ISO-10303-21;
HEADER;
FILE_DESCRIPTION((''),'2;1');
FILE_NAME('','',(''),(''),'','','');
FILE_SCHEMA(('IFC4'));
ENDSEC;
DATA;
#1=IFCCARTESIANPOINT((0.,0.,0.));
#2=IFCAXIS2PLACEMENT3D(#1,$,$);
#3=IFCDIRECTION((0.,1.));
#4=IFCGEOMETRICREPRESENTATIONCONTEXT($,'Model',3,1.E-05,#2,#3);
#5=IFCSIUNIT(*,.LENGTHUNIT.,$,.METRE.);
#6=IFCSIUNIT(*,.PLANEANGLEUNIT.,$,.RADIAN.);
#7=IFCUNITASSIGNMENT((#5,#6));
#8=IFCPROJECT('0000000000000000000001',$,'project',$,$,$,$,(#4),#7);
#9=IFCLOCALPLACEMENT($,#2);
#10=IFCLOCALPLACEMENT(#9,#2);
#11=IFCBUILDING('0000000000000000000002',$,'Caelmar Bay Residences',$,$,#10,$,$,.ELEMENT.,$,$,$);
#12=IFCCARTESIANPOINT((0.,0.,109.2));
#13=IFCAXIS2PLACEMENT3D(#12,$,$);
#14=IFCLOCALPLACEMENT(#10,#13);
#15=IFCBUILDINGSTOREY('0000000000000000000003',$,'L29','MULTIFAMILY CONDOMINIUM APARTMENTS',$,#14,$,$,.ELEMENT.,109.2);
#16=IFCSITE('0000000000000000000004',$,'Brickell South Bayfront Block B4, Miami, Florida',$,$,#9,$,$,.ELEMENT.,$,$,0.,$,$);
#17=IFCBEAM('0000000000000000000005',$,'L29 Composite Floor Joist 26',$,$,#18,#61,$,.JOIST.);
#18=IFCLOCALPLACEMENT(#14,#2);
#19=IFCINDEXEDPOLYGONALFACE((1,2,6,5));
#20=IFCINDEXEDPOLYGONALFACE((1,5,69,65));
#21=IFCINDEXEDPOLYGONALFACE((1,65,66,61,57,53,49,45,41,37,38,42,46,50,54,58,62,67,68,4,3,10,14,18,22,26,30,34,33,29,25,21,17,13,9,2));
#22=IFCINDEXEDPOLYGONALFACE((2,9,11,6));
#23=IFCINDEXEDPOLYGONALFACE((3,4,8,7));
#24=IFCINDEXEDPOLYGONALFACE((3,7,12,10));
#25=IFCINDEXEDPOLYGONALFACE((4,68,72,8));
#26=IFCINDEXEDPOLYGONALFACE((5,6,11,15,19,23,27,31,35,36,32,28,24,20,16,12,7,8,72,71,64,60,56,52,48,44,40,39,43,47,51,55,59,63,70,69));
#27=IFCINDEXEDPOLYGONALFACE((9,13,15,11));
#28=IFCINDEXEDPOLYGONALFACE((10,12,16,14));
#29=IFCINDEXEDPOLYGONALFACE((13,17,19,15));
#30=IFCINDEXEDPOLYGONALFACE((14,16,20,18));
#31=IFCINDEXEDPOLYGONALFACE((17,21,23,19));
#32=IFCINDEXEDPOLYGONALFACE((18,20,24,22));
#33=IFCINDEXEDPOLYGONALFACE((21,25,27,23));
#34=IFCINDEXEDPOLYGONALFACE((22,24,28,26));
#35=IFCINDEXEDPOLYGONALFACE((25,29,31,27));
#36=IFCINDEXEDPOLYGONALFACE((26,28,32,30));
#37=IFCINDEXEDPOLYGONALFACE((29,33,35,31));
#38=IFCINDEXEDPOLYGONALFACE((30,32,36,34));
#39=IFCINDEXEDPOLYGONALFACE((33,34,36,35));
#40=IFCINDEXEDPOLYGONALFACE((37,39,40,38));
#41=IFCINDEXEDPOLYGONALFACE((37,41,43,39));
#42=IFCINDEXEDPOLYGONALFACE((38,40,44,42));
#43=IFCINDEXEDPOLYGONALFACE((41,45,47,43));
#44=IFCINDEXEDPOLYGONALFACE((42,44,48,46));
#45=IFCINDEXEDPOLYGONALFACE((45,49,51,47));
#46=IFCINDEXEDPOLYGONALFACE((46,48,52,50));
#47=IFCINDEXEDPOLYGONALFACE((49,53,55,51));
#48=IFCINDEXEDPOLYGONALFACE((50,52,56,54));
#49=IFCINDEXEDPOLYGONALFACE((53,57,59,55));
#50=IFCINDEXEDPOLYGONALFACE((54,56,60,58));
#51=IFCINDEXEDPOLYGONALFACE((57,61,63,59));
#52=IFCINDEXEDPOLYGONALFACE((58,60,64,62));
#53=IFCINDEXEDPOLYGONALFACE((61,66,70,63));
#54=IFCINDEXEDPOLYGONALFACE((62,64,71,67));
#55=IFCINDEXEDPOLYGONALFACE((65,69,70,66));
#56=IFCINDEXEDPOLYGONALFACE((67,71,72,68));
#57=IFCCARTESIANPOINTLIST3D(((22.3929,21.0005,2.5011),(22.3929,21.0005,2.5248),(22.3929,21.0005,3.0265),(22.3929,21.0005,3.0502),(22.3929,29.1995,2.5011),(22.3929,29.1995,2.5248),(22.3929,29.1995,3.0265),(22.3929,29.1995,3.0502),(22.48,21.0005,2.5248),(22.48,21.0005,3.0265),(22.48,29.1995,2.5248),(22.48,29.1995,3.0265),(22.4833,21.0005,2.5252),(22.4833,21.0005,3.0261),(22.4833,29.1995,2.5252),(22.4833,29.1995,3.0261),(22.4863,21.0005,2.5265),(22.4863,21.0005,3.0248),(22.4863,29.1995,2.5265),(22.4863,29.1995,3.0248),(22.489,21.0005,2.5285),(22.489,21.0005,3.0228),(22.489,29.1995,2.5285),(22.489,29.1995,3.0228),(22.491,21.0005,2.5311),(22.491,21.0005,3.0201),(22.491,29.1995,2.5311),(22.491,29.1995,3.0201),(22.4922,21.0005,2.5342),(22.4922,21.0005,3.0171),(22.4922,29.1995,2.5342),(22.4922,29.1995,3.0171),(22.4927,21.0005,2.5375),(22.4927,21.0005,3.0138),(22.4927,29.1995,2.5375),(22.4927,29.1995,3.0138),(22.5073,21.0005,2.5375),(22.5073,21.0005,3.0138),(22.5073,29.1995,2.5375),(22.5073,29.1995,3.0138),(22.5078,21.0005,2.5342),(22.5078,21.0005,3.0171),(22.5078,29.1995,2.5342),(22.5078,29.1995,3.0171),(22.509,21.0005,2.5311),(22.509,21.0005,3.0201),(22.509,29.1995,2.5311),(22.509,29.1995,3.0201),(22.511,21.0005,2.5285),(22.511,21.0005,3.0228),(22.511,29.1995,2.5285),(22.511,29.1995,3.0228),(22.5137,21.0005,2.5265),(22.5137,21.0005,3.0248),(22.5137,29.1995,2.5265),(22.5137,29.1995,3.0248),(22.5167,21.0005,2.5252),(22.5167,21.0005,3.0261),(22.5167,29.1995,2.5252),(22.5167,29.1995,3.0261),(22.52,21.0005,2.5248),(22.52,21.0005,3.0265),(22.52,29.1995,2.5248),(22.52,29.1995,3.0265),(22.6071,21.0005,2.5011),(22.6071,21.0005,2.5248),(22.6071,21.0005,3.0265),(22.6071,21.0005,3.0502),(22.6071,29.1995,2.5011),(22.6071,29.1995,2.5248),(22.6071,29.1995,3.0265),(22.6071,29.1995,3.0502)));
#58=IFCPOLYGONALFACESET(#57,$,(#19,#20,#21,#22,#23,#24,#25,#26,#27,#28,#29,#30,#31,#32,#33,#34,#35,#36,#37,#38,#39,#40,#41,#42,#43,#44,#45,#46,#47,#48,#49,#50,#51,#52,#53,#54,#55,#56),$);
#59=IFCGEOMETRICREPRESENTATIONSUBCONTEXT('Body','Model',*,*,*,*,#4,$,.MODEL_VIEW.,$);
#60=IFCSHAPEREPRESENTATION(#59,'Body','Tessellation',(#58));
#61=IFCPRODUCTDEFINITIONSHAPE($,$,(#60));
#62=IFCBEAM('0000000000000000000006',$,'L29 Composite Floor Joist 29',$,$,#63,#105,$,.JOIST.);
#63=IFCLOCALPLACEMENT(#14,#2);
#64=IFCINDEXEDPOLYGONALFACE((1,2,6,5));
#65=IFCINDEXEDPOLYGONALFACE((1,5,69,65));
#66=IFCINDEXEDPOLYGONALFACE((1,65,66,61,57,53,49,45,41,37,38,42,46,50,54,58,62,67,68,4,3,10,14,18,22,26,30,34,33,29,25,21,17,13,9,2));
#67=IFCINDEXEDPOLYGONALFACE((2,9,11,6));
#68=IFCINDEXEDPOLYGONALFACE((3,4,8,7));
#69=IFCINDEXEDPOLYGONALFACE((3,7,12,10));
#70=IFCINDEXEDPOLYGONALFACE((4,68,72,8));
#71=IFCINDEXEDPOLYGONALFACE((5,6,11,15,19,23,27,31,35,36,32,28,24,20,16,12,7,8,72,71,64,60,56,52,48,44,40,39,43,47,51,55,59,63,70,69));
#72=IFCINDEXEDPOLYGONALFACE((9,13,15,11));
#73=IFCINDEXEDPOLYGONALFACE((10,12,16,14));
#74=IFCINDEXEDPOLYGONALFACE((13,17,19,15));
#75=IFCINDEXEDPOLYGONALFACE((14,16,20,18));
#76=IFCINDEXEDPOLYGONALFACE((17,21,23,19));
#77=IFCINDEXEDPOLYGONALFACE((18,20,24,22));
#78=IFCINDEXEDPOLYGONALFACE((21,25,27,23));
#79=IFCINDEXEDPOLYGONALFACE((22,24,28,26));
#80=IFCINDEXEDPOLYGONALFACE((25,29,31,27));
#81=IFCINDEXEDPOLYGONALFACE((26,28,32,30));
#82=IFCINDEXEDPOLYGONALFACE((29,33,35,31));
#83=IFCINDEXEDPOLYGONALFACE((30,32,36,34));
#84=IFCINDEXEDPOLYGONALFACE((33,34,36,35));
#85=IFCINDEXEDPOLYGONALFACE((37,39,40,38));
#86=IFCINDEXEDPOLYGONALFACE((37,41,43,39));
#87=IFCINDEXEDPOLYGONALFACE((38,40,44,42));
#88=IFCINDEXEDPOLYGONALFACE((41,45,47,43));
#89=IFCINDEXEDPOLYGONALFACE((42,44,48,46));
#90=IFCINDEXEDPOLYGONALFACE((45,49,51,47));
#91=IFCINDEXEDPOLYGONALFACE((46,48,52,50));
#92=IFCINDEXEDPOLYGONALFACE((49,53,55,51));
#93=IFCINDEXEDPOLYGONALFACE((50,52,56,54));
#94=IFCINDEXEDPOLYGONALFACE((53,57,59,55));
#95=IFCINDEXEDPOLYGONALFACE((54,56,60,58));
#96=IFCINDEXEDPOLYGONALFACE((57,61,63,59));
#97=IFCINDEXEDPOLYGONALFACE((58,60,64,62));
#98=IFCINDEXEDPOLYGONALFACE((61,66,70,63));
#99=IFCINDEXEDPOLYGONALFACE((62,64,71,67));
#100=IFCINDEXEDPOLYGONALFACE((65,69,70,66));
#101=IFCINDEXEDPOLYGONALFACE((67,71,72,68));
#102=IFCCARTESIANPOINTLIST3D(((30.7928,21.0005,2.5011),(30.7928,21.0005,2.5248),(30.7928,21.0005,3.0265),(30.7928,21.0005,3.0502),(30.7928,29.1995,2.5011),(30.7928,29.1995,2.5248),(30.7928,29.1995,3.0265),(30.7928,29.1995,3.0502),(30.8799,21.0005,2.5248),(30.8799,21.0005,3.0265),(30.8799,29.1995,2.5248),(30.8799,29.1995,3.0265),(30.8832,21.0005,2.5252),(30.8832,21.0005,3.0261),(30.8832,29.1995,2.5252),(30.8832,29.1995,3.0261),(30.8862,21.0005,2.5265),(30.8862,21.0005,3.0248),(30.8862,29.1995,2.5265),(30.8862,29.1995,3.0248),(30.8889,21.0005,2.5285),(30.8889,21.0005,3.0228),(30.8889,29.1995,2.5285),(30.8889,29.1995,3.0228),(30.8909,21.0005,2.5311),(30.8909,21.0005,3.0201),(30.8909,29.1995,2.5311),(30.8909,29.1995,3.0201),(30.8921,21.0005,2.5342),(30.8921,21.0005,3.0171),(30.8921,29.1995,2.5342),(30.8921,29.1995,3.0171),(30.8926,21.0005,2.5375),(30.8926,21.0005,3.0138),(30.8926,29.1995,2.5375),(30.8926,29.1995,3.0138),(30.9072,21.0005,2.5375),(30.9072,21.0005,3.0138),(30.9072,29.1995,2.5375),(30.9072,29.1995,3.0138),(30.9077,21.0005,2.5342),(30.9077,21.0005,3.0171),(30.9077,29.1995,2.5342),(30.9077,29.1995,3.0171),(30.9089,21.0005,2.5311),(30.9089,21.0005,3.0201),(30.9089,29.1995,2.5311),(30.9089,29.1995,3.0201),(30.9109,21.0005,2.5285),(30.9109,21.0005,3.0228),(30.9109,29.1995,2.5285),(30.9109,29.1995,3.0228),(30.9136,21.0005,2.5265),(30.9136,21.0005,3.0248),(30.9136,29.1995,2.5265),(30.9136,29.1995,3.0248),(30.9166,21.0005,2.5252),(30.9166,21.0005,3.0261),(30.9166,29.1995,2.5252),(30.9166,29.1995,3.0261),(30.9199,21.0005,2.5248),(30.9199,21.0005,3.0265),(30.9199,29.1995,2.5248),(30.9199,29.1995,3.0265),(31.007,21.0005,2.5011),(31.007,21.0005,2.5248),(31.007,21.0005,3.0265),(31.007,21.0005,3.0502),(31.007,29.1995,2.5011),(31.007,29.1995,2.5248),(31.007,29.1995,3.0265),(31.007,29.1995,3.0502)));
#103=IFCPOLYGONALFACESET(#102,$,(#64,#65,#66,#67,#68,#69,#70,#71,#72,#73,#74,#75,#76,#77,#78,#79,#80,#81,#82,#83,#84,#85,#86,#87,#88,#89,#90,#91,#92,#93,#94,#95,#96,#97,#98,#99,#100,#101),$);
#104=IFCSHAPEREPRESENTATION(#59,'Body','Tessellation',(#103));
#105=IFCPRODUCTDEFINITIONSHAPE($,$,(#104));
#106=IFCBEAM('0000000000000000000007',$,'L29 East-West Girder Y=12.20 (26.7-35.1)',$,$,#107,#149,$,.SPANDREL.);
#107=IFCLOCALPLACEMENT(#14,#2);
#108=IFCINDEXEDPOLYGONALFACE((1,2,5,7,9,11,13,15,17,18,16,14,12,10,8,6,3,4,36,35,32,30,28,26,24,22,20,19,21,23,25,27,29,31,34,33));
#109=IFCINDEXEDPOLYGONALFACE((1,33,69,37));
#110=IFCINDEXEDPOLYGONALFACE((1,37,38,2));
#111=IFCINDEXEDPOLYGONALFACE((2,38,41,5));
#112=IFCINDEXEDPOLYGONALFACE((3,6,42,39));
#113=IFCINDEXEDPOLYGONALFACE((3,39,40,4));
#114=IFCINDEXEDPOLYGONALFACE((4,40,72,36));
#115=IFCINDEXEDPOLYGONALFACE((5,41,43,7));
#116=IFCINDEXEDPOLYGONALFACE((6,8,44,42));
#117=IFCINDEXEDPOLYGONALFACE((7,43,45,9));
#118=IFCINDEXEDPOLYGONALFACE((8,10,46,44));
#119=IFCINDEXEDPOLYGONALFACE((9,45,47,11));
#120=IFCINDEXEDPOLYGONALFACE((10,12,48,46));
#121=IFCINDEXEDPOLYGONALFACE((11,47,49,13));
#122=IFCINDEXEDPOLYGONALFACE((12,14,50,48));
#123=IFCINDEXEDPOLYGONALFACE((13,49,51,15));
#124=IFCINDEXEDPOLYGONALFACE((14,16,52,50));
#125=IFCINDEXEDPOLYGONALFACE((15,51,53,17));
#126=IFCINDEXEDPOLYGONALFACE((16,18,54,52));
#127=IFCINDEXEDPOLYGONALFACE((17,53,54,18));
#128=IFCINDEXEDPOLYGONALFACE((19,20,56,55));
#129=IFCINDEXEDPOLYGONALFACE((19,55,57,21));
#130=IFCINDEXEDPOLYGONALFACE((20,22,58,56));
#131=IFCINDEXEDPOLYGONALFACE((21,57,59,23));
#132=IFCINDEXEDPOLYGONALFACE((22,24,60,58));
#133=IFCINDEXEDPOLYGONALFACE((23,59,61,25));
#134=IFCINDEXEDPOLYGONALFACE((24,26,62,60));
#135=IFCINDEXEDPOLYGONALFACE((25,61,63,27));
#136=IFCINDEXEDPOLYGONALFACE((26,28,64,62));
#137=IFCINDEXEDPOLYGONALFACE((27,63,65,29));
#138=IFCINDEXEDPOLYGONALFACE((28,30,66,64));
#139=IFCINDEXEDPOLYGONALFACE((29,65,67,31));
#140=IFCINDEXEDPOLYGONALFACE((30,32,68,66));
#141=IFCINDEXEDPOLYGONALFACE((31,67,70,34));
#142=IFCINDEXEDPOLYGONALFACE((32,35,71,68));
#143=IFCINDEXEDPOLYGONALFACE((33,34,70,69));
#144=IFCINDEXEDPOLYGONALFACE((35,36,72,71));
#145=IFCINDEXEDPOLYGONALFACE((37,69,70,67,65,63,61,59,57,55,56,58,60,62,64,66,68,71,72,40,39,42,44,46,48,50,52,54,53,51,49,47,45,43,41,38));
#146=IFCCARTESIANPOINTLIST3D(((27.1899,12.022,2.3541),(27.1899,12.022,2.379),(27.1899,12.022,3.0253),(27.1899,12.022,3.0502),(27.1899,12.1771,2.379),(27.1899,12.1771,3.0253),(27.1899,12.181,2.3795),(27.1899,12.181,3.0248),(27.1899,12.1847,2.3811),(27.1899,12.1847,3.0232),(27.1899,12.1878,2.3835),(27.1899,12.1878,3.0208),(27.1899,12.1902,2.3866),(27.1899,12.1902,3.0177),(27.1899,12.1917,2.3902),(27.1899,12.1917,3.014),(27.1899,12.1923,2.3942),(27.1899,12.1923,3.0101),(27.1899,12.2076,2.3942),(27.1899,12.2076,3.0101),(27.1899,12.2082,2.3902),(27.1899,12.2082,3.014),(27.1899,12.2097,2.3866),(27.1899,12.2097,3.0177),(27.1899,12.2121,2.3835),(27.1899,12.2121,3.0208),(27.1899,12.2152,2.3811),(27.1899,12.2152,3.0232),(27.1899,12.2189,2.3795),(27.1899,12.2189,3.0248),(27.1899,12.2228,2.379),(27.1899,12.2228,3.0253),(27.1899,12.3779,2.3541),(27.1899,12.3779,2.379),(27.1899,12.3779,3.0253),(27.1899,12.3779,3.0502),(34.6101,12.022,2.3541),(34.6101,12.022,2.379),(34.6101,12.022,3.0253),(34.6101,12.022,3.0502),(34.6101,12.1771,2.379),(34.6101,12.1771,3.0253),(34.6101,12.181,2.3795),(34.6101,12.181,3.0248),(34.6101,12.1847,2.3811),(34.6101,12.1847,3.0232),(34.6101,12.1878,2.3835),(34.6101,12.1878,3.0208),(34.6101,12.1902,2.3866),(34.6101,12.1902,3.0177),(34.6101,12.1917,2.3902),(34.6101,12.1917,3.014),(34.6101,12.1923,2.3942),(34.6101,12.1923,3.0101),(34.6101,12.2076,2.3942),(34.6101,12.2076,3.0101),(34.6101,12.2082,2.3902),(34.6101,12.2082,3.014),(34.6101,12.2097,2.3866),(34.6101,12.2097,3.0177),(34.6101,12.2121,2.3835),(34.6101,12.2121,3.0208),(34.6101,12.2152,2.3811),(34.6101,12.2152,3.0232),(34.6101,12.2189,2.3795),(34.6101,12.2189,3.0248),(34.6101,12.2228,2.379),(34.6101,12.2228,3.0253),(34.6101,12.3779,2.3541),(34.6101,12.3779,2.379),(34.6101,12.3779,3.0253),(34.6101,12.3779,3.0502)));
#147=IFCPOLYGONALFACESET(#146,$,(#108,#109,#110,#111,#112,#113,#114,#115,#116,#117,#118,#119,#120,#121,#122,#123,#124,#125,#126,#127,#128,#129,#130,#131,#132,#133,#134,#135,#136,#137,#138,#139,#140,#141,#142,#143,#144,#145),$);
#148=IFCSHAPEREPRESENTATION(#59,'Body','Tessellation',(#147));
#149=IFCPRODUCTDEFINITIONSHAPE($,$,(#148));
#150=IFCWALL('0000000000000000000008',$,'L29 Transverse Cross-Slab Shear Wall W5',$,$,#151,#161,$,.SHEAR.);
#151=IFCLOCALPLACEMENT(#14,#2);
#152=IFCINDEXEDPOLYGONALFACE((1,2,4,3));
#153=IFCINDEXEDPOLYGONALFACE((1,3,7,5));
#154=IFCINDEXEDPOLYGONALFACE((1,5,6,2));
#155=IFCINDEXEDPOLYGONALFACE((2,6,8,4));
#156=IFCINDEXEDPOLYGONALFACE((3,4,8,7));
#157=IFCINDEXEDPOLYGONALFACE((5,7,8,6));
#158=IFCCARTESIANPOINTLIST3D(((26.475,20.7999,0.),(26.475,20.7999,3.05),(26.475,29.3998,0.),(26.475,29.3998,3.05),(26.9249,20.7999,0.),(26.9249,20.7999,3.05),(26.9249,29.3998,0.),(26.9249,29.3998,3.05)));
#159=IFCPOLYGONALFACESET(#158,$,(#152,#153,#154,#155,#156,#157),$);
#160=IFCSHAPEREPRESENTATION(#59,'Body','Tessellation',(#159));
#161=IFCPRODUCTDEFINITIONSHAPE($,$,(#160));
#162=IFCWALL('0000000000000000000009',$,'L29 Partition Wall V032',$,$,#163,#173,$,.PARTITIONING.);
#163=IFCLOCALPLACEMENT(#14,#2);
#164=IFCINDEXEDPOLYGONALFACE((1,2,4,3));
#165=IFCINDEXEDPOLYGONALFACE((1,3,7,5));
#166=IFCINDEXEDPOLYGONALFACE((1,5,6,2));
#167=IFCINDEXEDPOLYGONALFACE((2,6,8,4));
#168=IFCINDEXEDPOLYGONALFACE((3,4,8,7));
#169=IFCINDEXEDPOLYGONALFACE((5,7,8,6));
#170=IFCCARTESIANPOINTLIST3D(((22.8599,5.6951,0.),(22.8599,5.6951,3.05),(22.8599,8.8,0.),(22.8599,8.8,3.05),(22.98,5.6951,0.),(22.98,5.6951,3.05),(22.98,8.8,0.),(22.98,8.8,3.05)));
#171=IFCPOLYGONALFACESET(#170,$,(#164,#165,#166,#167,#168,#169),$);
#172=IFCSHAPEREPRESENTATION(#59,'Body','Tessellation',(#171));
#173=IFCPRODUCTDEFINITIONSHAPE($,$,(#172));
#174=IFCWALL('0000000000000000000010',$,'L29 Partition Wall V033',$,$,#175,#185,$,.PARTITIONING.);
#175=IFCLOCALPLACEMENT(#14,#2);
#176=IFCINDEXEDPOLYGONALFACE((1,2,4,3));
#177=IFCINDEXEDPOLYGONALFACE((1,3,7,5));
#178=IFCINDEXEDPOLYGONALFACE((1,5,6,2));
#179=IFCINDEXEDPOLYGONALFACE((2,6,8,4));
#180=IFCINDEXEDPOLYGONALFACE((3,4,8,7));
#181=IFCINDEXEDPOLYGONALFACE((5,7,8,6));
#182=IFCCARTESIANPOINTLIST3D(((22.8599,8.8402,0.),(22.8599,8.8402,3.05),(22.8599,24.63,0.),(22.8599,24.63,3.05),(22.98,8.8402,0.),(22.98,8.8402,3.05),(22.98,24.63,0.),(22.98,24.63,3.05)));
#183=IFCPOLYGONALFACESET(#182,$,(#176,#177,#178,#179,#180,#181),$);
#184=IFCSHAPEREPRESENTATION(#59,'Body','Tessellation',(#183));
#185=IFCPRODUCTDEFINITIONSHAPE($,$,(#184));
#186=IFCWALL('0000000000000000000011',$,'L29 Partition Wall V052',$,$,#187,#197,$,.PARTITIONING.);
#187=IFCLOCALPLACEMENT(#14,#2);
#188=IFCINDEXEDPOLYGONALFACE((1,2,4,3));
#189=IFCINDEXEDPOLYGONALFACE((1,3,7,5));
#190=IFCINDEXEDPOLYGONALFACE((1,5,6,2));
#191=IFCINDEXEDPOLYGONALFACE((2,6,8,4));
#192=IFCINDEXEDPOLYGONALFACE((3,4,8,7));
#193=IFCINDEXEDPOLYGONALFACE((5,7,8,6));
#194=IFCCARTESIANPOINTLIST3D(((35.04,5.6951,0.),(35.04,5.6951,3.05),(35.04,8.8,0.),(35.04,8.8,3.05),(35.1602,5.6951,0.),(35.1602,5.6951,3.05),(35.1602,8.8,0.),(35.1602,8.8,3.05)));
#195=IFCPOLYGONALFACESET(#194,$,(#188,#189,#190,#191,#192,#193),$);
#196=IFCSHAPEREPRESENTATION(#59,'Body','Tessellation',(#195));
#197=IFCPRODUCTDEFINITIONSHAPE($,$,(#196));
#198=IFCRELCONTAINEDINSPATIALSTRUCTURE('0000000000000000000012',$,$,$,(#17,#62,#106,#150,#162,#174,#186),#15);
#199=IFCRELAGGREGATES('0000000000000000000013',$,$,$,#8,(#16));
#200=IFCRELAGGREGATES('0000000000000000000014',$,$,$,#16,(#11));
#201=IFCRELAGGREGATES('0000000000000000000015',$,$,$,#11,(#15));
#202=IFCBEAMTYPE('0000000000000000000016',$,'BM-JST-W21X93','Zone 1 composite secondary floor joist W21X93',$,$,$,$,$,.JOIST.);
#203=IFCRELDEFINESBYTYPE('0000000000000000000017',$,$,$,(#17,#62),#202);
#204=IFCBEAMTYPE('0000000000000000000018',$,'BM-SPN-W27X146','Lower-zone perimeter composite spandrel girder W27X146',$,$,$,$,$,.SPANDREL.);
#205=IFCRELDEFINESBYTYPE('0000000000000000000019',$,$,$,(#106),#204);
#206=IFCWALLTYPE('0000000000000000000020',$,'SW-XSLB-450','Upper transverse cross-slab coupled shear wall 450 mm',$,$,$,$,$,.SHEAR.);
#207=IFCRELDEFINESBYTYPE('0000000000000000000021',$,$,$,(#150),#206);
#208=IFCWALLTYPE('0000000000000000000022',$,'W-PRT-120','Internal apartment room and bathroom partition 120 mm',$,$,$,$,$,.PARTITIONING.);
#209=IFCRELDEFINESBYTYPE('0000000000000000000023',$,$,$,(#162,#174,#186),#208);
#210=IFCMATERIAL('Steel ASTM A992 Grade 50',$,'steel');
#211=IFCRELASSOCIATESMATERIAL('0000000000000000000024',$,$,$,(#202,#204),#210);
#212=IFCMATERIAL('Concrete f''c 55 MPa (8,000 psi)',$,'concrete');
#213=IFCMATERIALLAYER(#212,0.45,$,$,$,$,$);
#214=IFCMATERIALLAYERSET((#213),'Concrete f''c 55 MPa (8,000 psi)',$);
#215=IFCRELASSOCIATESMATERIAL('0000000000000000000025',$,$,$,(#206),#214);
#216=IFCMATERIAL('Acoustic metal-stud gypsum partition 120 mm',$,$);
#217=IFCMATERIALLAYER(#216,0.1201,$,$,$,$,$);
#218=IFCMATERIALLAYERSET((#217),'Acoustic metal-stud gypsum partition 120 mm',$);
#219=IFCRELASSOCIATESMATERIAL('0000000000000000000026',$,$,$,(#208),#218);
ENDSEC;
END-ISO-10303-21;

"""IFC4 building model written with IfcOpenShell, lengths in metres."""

from ifc_helpers import new_model, si_unit, direction, frame, frame_2d, origin, origin_2d, place, context, subcontext, project, spatial, rectangle, i_section, extrude, material, layer, layer_set, material_profile, profile_set, type_object, element, save


model = new_model("IFC4")

# Units and contexts
model_context = context("Model", 3, precision=1e-05, world=origin(), true_north=direction((0.0, 1.0)))
body_context = subcontext(model_context, "Body", "Model", "MODEL_VIEW")
ifc_project = project(units=[si_unit("LENGTHUNIT", "METRE"), si_unit("PLANEANGLEUNIT", "RADIAN")], contexts=[model_context])

# Site, building, storey
site_placement = place(None, origin())
site = spatial("IfcSite", under=ifc_project, at=site_placement, Name="Brickell South Bayfront Block B4, Miami, Florida", CompositionType="ELEMENT", RefElevation=0.0)
building_placement = place(site_placement, origin())
building = spatial("IfcBuilding", under=site, at=building_placement, Name="Caelmar Bay Residences", CompositionType="ELEMENT")
storey_placement = place(building_placement, frame((0.0, 0.0, 109.2)))
storey = spatial("IfcBuildingStorey", under=building, at=storey_placement, Name="L29", Description="MULTIFAMILY CONDOMINIUM APARTMENTS", CompositionType="ELEMENT", Elevation=109.2)

# Beams
ifc_material_1 = material(Name="Steel ASTM A992 Grade 50", Category="steel")
ifc_material_profile_1 = material_profile(ifc_material_1, i_section(OverallWidth=0.2141, OverallDepth=0.5491, WebThickness=0.0146, FlangeThickness=0.0237, FilletRadius=0.0127, at=origin_2d()), Name="W21X93")
ifc_profile_set_1 = profile_set([ifc_material_profile_1], Name="Steel ASTM A992 Grade 50")
beam_type_1 = type_object("IfcBeamType", Name="BM-JST-W21X93", Description="Zone 1 composite secondary floor joist W21X93", PredefinedType="JOIST", material=ifc_profile_set_1)
for number, where, z_axis, x_axis, name in (
    (1, (22.5, 21.0005, 2.7756), (0.0, 1.0, 0.0), (-1.0, 0.0, 0.0), "L29 Composite Floor Joist 26"),
    (2, (30.8999, 21.0005, 2.7756), (0.0, 1.0, 0.0), (-1.0, 0.0, 0.0), "L29 Composite Floor Joist 29"),
):
    element("IfcBeam", number, at=place(storey_placement, frame(where, z_axis=z_axis, x_axis=x_axis)), inside=storey, type_object=beam_type_1, Name=name, PredefinedType="JOIST", context=body_context, shape_type="SweptSolid", body=[
        extrude(i_section(OverallWidth=0.2141, OverallDepth=0.5491, WebThickness=0.0146, FlangeThickness=0.0237, FilletRadius=0.0127, at=origin_2d()), origin(), (0.0, 0.0, 1.0), 8.199),
    ])
ifc_material_profile_2 = material_profile(ifc_material_1, i_section(OverallWidth=0.356, OverallDepth=0.696, WebThickness=0.0154, FlangeThickness=0.0249, FilletRadius=0.0151, at=origin_2d()), Name="W27X146")
ifc_profile_set_2 = profile_set([ifc_material_profile_2], Name="Steel ASTM A992 Grade 50")
beam_type_2 = type_object("IfcBeamType", Name="BM-SPN-W27X146", Description="Lower-zone perimeter composite spandrel girder W27X146", PredefinedType="SPANDREL", material=ifc_profile_set_2)
beam_1_placement = place(storey_placement, frame((27.1899, 12.2, 2.7021), z_axis=(1.0, 0.0, 0.0), x_axis=(0.0, 1.0, 0.0)))
element("IfcBeam", 3, at=beam_1_placement, inside=storey, type_object=beam_type_2, Name="L29 East-West Girder Y=12.20 (26.7-35.1)", PredefinedType="SPANDREL", context=body_context, shape_type="SweptSolid", body=[
    extrude(i_section(OverallWidth=0.356, OverallDepth=0.696, WebThickness=0.0154, FlangeThickness=0.0249, FilletRadius=0.0151, at=origin_2d()), origin(), (0.0, 0.0, 1.0), 7.4202),
])

# Walls
ifc_material_2 = material(Name="Concrete f'c 55 MPa (8,000 psi)", Category="concrete")
ifc_layer_1 = layer(ifc_material_2, 0.45)
ifc_layer_set_1 = layer_set([ifc_layer_1], Name="Concrete f'c 55 MPa (8,000 psi)")
wall_type_1 = type_object("IfcWallType", Name="SW-XSLB-450", Description="Upper transverse cross-slab coupled shear wall 450 mm", PredefinedType="SHEAR", material=ifc_layer_set_1)
wall_1_placement = place(storey_placement, frame((26.7, 20.8, 0.0), z_axis=(0.0, 0.0, 1.0), x_axis=(0.0, 1.0, 0.0)))
element("IfcWall", 4, at=wall_1_placement, inside=storey, type_object=wall_type_1, Name="L29 Transverse Cross-Slab Shear Wall W5", PredefinedType="SHEAR", context=body_context, shape_type="SweptSolid", body=[
    extrude(rectangle(XDim=8.5999, YDim=0.45, at=frame_2d((4.2998, 0.0))), origin(), (0.0, 0.0, 1.0), 3.05),
])
ifc_material_3 = material(Name="Acoustic metal-stud gypsum partition 120 mm")
ifc_layer_2 = layer(ifc_material_3, 0.1201)
ifc_layer_set_2 = layer_set([ifc_layer_2], Name="Acoustic metal-stud gypsum partition 120 mm")
wall_type_2 = type_object("IfcWallType", Name="W-PRT-120", Description="Internal apartment room and bathroom partition 120 mm", PredefinedType="PARTITIONING", material=ifc_layer_set_2)
wall_2_placement = place(storey_placement, frame((22.9199, 5.6951, 0.0), z_axis=(0.0, 0.0, 1.0), x_axis=(0.0, 1.0, 0.0)))
element("IfcWall", 5, at=wall_2_placement, inside=storey, type_object=wall_type_2, Name="L29 Partition Wall V032", PredefinedType="PARTITIONING", context=body_context, shape_type="SweptSolid", body=[
    extrude(rectangle(XDim=3.105, YDim=0.1201, at=frame_2d((1.5525, 0.0))), origin(), (0.0, 0.0, 1.0), 3.05),
])
wall_3_placement = place(storey_placement, frame((22.9199, 8.8401, 0.0), z_axis=(0.0, 0.0, 1.0), x_axis=(0.0, 1.0, 0.0)))
element("IfcWall", 6, at=wall_3_placement, inside=storey, type_object=wall_type_2, Name="L29 Partition Wall V033", PredefinedType="PARTITIONING", context=body_context, shape_type="SweptSolid", body=[
    extrude(rectangle(XDim=15.7898, YDim=0.1201, at=frame_2d((7.895, 0.0))), origin(), (0.0, 0.0, 1.0), 3.05),
])
wall_4_placement = place(storey_placement, frame((35.1001, 5.6951, 0.0), z_axis=(0.0, 0.0, 1.0), x_axis=(0.0, 1.0, 0.0)))
element("IfcWall", 7, at=wall_4_placement, inside=storey, type_object=wall_type_2, Name="L29 Partition Wall V052", PredefinedType="PARTITIONING", context=body_context, shape_type="SweptSolid", body=[
    extrude(rectangle(XDim=3.105, YDim=0.1201, at=frame_2d((1.5525, 0.0))), origin(), (0.0, 0.0, 1.0), 3.05),
])

save(model, "model.ifc")
